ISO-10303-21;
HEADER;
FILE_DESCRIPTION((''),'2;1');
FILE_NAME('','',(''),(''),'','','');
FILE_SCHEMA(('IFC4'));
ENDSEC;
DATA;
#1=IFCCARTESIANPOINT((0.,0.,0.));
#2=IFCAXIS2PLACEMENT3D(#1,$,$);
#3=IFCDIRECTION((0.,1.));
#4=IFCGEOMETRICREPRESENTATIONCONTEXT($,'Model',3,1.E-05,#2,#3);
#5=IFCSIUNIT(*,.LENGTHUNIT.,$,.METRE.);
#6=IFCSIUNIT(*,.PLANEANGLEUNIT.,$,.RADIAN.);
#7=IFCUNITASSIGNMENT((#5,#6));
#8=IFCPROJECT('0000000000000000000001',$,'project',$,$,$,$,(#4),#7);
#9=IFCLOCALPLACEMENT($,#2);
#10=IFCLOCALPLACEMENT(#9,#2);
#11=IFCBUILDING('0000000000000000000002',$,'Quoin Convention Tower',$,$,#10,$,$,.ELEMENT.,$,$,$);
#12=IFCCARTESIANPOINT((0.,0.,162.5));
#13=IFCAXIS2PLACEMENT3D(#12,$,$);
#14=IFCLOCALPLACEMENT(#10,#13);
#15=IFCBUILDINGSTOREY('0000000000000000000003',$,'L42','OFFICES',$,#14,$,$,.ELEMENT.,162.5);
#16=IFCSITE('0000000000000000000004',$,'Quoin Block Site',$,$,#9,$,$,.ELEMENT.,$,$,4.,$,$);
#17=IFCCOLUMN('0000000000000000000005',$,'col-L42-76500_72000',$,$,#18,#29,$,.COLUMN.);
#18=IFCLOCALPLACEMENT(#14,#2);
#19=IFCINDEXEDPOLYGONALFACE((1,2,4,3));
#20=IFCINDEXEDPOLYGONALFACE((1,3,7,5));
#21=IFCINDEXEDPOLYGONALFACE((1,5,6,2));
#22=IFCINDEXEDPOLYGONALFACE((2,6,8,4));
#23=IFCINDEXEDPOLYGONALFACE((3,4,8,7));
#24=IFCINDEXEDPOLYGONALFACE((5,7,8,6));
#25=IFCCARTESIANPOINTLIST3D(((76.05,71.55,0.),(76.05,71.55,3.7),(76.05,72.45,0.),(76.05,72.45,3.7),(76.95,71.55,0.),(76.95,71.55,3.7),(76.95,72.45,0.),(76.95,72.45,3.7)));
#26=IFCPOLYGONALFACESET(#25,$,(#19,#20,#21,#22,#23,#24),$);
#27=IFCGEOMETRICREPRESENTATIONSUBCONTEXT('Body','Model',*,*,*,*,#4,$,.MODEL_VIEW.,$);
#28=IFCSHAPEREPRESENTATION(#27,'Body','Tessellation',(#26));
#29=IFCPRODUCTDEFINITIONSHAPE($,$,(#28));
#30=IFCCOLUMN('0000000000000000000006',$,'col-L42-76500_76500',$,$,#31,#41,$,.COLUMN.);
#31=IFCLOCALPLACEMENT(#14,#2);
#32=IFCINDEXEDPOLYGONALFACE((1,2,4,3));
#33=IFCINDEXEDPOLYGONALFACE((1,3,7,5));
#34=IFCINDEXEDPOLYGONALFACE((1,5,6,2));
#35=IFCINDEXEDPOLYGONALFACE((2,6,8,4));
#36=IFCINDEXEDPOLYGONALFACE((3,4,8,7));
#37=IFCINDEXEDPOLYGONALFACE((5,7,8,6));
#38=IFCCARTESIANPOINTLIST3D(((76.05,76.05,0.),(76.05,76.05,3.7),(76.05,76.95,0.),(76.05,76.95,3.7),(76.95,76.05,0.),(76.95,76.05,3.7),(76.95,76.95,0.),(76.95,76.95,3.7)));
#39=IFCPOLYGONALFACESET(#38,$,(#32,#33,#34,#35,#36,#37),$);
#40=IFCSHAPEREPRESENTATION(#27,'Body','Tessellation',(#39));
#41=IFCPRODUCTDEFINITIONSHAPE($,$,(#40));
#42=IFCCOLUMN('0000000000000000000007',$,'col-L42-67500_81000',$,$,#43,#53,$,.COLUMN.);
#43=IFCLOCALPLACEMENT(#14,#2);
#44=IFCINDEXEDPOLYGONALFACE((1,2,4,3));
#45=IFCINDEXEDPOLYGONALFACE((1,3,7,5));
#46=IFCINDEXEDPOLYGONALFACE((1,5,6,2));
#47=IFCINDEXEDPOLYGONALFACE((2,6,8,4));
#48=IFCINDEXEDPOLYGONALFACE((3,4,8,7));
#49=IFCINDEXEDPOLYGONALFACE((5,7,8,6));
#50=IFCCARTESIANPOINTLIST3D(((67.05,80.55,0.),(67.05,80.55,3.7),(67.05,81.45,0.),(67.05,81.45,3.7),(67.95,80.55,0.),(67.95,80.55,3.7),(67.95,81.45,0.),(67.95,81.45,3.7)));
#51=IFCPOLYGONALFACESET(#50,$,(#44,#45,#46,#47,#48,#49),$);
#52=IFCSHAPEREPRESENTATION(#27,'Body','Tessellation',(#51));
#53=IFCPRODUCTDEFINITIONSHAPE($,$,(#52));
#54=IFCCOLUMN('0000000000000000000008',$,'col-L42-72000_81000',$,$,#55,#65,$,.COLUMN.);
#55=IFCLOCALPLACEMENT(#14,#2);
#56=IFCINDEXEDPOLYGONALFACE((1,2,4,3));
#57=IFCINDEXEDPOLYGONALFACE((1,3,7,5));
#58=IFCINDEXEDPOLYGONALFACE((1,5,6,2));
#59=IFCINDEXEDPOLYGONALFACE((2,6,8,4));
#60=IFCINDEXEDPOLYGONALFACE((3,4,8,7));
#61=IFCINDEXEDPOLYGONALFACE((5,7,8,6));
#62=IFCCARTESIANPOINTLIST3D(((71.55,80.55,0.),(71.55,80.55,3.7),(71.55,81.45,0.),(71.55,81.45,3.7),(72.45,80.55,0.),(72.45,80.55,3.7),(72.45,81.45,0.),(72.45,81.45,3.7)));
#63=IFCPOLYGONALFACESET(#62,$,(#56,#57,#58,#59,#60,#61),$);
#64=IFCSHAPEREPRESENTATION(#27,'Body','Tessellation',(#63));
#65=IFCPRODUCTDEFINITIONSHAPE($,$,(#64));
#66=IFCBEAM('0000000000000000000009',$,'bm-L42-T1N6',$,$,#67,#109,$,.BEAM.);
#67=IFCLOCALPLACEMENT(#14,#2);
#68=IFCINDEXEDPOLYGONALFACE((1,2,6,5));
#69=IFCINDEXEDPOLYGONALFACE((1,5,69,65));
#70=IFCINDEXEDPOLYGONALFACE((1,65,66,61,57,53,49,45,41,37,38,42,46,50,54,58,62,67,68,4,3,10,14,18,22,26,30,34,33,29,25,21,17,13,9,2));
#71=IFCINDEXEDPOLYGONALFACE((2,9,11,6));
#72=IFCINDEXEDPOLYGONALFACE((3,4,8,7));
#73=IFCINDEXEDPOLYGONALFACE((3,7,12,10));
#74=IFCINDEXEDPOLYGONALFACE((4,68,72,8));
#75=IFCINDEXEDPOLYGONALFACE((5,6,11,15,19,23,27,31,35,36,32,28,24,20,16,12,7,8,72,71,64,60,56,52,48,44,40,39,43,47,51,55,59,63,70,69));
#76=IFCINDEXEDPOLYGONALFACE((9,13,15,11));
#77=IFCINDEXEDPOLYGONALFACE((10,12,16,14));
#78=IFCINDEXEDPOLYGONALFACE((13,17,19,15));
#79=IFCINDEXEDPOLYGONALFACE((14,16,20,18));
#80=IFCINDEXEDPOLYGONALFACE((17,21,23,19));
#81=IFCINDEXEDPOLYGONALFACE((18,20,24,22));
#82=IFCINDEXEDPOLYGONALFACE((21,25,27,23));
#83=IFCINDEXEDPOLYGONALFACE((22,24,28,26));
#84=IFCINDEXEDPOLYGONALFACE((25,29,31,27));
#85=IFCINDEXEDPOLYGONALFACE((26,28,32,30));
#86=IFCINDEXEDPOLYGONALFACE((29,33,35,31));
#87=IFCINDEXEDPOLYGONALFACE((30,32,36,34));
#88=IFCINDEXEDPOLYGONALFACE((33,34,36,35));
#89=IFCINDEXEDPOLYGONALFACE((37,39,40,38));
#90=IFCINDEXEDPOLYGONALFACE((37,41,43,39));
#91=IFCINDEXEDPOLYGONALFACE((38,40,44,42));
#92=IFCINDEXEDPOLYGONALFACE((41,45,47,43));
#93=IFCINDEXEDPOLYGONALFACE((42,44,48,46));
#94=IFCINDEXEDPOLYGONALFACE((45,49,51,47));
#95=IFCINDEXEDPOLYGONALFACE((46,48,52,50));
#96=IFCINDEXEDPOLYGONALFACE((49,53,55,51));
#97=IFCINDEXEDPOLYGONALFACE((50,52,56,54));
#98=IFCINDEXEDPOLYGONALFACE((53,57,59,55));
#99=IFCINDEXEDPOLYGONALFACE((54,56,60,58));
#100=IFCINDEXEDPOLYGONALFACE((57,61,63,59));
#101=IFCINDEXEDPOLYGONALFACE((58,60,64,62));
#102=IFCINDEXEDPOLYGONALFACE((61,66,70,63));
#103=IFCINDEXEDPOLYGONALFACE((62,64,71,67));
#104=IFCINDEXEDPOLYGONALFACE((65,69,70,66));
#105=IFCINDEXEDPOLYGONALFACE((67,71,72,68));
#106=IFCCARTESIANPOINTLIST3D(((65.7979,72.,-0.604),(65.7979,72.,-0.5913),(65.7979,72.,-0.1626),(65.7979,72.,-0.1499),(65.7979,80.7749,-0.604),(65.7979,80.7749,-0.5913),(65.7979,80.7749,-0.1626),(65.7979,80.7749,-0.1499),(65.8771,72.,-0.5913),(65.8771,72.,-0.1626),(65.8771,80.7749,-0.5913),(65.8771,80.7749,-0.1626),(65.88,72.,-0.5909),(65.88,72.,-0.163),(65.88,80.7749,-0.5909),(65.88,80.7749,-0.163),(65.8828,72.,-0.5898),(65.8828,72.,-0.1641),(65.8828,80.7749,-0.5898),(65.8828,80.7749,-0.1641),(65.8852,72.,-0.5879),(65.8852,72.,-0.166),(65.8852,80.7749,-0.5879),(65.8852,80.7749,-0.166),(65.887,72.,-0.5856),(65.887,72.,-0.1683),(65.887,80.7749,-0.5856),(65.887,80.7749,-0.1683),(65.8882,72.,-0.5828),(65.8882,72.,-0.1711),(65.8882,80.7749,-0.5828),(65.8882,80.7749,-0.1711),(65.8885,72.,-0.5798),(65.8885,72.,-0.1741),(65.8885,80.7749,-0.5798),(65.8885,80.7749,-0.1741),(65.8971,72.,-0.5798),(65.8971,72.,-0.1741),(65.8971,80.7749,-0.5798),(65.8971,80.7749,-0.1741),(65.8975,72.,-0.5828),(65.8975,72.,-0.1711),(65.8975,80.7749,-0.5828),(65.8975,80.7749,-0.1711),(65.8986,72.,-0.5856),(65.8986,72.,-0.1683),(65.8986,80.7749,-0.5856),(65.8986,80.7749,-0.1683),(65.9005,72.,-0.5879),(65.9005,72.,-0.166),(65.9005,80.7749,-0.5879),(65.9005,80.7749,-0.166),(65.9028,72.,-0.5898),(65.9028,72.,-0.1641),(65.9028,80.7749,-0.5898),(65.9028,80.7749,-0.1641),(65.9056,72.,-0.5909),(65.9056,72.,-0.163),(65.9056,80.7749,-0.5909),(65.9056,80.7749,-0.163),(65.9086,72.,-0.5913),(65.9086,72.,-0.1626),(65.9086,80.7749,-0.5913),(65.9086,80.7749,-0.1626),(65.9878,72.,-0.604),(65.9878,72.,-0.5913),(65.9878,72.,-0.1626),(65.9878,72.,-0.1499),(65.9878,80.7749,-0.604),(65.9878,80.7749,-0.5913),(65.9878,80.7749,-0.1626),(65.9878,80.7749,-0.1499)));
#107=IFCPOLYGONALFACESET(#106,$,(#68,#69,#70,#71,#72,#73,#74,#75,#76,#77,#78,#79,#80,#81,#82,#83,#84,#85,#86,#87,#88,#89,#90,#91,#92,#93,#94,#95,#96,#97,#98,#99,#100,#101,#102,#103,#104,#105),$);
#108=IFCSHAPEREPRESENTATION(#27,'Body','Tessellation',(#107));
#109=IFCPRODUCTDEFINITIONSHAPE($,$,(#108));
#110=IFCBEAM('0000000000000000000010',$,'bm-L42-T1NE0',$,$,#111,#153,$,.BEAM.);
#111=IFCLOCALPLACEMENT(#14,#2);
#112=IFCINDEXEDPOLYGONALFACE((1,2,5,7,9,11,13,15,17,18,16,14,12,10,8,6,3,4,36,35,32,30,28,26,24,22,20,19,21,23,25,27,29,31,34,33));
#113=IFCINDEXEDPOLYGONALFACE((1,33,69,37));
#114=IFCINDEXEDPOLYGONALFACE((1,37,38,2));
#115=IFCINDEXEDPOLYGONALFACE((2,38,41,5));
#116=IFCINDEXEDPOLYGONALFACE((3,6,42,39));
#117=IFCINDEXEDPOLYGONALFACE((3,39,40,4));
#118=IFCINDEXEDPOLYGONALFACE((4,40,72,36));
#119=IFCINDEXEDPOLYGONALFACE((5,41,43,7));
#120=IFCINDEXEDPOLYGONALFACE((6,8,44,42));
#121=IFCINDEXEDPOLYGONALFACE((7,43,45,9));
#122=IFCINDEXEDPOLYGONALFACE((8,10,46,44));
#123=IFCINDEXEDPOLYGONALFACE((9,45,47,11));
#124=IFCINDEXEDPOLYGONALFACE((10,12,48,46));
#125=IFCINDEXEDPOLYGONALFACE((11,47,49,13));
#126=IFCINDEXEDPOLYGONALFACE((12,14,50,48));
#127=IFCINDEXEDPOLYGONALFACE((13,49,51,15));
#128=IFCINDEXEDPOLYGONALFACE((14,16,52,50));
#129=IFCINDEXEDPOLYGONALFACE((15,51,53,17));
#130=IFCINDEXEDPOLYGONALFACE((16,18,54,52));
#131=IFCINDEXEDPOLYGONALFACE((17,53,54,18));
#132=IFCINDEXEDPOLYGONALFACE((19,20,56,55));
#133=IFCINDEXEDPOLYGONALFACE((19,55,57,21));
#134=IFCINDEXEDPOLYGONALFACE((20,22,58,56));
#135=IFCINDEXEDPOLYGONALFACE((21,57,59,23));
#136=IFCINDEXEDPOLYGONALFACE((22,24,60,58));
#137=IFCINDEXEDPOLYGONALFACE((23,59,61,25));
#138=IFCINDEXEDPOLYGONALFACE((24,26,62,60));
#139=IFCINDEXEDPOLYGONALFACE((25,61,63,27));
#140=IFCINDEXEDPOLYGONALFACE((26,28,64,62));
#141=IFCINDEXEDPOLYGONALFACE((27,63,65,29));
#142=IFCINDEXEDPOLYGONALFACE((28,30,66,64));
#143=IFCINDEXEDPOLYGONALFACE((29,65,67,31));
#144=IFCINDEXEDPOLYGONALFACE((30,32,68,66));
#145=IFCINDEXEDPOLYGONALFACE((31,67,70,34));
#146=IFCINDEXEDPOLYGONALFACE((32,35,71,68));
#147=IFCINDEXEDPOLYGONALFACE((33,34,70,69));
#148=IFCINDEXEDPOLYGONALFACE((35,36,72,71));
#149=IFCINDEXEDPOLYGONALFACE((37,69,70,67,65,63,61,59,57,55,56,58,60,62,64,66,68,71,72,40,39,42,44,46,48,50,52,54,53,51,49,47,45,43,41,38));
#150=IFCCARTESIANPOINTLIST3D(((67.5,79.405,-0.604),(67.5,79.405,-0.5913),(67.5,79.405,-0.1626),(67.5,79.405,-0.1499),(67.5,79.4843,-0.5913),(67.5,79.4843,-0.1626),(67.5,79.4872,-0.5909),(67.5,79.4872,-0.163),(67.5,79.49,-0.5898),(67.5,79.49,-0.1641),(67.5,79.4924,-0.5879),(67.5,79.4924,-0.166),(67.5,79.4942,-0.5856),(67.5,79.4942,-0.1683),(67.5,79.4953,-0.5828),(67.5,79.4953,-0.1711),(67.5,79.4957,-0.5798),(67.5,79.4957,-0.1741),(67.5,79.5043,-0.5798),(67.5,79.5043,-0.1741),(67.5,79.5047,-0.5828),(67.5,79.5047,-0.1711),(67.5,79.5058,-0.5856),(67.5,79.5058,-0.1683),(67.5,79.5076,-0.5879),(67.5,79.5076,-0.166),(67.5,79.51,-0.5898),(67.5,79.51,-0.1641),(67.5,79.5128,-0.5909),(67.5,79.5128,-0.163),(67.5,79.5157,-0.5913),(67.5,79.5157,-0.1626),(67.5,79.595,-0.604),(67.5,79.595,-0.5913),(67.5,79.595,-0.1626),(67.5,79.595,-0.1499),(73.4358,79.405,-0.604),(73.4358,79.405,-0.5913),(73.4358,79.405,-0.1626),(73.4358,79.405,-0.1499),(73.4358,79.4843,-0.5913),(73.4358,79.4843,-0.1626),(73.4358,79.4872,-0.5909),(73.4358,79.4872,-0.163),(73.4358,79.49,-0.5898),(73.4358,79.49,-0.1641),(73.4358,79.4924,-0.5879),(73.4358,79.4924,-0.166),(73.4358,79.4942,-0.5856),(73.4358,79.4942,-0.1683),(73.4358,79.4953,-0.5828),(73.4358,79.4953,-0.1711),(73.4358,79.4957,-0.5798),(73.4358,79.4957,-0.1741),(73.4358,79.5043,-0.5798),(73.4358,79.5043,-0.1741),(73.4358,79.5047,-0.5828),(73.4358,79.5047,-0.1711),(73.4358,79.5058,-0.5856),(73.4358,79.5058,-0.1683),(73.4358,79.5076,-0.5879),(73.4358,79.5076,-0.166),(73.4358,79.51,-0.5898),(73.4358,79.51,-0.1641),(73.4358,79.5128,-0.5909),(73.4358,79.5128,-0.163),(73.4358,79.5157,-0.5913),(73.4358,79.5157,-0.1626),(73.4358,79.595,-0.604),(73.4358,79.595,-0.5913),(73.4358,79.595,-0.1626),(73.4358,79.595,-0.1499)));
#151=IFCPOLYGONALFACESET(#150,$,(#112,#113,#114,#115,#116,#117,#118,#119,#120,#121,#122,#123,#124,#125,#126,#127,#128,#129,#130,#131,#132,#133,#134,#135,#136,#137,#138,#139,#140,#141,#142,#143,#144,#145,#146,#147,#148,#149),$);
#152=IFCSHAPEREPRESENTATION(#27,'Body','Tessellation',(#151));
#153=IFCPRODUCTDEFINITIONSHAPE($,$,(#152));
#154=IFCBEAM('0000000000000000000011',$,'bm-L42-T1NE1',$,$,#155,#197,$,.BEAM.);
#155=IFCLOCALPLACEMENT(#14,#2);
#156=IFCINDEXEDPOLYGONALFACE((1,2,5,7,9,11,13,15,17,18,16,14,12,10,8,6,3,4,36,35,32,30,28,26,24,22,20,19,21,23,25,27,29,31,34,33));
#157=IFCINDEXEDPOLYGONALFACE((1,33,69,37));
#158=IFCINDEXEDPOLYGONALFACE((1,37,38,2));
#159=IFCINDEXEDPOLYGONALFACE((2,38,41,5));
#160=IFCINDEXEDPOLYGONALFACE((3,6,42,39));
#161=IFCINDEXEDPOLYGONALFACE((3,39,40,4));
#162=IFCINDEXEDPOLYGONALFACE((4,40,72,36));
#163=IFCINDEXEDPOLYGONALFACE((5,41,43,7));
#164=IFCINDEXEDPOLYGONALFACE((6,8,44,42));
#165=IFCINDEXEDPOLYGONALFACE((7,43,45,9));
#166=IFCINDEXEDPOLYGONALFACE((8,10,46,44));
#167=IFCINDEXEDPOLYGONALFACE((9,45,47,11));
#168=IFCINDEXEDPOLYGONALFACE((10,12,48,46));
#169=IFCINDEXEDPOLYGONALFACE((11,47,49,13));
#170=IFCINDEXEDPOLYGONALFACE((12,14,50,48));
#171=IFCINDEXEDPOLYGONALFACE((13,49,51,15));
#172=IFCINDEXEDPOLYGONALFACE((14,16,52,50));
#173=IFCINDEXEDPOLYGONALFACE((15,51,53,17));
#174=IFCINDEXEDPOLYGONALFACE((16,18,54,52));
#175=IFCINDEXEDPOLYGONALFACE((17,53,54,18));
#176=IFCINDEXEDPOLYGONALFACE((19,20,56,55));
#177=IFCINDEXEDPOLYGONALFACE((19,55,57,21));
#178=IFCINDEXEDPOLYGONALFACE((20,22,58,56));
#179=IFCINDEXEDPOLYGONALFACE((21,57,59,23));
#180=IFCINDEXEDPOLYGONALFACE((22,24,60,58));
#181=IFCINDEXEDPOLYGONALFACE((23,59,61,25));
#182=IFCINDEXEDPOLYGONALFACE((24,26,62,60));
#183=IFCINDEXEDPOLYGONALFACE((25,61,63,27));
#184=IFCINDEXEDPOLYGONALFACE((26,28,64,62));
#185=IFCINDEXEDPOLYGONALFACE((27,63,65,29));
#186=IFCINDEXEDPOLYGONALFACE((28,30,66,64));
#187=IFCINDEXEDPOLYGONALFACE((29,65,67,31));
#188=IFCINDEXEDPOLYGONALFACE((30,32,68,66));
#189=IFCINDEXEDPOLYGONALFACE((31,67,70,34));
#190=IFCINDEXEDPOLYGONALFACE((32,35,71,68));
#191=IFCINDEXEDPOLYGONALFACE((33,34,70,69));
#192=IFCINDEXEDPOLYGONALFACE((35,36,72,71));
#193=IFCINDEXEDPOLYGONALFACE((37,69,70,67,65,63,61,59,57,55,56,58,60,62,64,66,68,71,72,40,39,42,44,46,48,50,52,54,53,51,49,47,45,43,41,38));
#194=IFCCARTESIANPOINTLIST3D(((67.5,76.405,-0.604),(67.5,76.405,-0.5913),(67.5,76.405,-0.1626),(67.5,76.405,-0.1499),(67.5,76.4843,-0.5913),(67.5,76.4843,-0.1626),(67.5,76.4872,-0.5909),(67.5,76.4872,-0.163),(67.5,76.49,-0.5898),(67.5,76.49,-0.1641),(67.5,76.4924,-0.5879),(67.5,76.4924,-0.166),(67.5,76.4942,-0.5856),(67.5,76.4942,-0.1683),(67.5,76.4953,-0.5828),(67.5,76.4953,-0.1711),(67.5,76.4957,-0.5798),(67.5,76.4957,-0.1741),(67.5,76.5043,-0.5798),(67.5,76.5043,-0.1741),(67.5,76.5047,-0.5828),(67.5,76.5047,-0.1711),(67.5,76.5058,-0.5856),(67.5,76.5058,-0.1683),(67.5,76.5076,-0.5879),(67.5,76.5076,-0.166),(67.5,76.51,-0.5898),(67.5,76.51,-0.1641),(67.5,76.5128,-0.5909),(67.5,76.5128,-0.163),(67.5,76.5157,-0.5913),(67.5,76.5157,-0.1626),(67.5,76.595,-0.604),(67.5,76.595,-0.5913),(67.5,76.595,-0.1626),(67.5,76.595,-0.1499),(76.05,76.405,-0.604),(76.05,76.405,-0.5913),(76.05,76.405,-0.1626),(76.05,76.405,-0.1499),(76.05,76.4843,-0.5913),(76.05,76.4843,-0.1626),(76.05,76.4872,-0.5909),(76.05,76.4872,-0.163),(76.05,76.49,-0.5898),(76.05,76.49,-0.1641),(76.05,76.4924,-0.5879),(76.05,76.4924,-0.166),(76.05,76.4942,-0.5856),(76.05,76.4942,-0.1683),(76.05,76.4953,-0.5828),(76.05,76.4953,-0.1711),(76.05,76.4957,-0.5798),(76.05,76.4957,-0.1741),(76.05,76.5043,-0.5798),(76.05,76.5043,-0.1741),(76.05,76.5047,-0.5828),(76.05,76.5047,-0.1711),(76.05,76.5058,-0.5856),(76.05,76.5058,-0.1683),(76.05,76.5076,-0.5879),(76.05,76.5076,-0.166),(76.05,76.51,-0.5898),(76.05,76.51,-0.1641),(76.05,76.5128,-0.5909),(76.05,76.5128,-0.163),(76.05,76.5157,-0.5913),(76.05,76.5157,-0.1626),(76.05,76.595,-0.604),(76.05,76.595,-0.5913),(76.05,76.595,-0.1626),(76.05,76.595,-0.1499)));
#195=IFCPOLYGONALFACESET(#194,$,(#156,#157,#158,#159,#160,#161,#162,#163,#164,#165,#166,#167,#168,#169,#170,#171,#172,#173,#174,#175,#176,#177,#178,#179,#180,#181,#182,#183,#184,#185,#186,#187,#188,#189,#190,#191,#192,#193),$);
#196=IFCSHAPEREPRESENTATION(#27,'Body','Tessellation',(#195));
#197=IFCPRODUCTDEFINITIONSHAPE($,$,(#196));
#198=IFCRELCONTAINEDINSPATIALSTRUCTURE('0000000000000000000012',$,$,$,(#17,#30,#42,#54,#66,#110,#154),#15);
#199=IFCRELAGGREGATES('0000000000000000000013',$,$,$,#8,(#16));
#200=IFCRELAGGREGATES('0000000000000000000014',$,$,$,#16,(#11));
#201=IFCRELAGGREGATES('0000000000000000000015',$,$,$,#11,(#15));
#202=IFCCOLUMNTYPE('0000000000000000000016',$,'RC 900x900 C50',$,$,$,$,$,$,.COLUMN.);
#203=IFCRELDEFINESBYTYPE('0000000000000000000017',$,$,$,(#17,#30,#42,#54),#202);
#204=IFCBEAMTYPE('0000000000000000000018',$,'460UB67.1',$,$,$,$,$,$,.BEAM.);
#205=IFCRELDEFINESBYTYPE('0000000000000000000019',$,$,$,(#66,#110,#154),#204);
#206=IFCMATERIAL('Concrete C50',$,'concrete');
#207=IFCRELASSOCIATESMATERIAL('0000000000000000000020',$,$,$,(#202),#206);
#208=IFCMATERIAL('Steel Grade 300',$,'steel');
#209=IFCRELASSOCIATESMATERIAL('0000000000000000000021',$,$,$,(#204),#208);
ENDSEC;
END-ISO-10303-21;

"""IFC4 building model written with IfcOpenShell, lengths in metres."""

from ifc_helpers import new_model, si_unit, direction, frame, origin, origin_2d, place, context, subcontext, project, spatial, rectangle, i_section, extrude, material, material_profile, profile_set, type_object, element, save


model = new_model("IFC4")

# Units and contexts
model_context = context("Model", 3, precision=1e-05, world=origin(), true_north=direction((0.0, 1.0)))
body_context = subcontext(model_context, "Body", "Model", "MODEL_VIEW")
ifc_project = project(units=[si_unit("LENGTHUNIT", "METRE"), si_unit("PLANEANGLEUNIT", "RADIAN")], contexts=[model_context])

# Site, building, storey
site_placement = place(None, origin())
site = spatial("IfcSite", under=ifc_project, at=site_placement, Name="Quoin Block Site", CompositionType="ELEMENT", RefElevation=4.0)
building_placement = place(site_placement, origin())
building = spatial("IfcBuilding", under=site, at=building_placement, Name="Quoin Convention Tower", CompositionType="ELEMENT")
storey_placement = place(building_placement, frame((0.0, 0.0, 162.5)))
storey = spatial("IfcBuildingStorey", under=building, at=storey_placement, Name="L42", Description="OFFICES", CompositionType="ELEMENT", Elevation=162.5)

# Columns
ifc_material_1 = material(Name="Concrete C50", Category="concrete")
ifc_material_profile_1 = material_profile(ifc_material_1, rectangle(XDim=0.8999, YDim=0.8999, at=origin_2d()), Name="RC 900x900")
ifc_profile_set_1 = profile_set([ifc_material_profile_1], Name="Concrete C50")
column_type = type_object("IfcColumnType", Name="RC 900x900 C50", PredefinedType="COLUMN", material=ifc_profile_set_1)
for number, where, z_axis, x_axis, name in (
    (1, (76.5, 72.0, 0.0), (0.0, 0.0, 1.0), (1.0, 0.0, 0.0), "col-L42-76500_72000"),
    (2, (76.5, 76.5, 0.0), (0.0, 0.0, 1.0), (1.0, 0.0, 0.0), "col-L42-76500_76500"),
    (3, (67.5, 81.0, 0.0), (0.0, 0.0, 1.0), (1.0, 0.0, 0.0), "col-L42-67500_81000"),
    (4, (72.0, 81.0, 0.0), (0.0, 0.0, 1.0), (1.0, 0.0, 0.0), "col-L42-72000_81000"),
):
    element("IfcColumn", number, at=place(storey_placement, frame(where, z_axis=z_axis, x_axis=x_axis)), inside=storey, type_object=column_type, Name=name, PredefinedType="COLUMN", context=body_context, shape_type="SweptSolid", body=[
        extrude(rectangle(XDim=0.8999, YDim=0.8999, at=origin_2d()), origin(), (0.0, 0.0, 1.0), 3.7),
    ])

# Beams
ifc_material_2 = material(Name="Steel Grade 300", Category="steel")
ifc_material_profile_2 = material_profile(ifc_material_2, i_section(OverallWidth=0.1899, OverallDepth=0.4541, WebThickness=0.0085, FlangeThickness=0.0127, FilletRadius=0.0115, at=origin_2d()), Name="460UB67.1")
ifc_profile_set_2 = profile_set([ifc_material_profile_2], Name="Steel Grade 300")
beam_type_1 = type_object("IfcBeamType", Name="460UB67.1", PredefinedType="BEAM", material=ifc_profile_set_2)
beam_1_placement = place(storey_placement, frame((65.8928, 72.0, -0.377), z_axis=(0.0, 1.0, 0.0), x_axis=(-1.0, 0.0, 0.0)))
element("IfcBeam", 5, at=beam_1_placement, inside=storey, type_object=beam_type_1, Name="bm-L42-T1N6", PredefinedType="BEAM", context=body_context, shape_type="SweptSolid", body=[
    extrude(i_section(OverallWidth=0.1899, OverallDepth=0.4541, WebThickness=0.0085, FlangeThickness=0.0127, FilletRadius=0.0115, at=origin_2d()), origin(), (0.0, 0.0, 1.0), 8.7749),
])
beam_2_placement = place(storey_placement, frame((67.5, 79.5, -0.377), z_axis=(1.0, 0.0, 0.0), x_axis=(0.0, 1.0, 0.0)))
element("IfcBeam", 6, at=beam_2_placement, inside=storey, type_object=beam_type_1, Name="bm-L42-T1NE0", PredefinedType="BEAM", context=body_context, shape_type="SweptSolid", body=[
    extrude(i_section(OverallWidth=0.1899, OverallDepth=0.4541, WebThickness=0.0085, FlangeThickness=0.0127, FilletRadius=0.0115, at=origin_2d()), origin(), (0.0, 0.0, 1.0), 5.9358),
])
beam_3_placement = place(storey_placement, frame((67.5, 76.5, -0.377), z_axis=(1.0, 0.0, 0.0), x_axis=(0.0, 1.0, 0.0)))
element("IfcBeam", 7, at=beam_3_placement, inside=storey, type_object=beam_type_1, Name="bm-L42-T1NE1", PredefinedType="BEAM", context=body_context, shape_type="SweptSolid", body=[
    extrude(i_section(OverallWidth=0.1899, OverallDepth=0.4541, WebThickness=0.0085, FlangeThickness=0.0127, FilletRadius=0.0115, at=origin_2d()), origin(), (0.0, 0.0, 1.0), 8.55),
])

save(model, "model.ifc")
